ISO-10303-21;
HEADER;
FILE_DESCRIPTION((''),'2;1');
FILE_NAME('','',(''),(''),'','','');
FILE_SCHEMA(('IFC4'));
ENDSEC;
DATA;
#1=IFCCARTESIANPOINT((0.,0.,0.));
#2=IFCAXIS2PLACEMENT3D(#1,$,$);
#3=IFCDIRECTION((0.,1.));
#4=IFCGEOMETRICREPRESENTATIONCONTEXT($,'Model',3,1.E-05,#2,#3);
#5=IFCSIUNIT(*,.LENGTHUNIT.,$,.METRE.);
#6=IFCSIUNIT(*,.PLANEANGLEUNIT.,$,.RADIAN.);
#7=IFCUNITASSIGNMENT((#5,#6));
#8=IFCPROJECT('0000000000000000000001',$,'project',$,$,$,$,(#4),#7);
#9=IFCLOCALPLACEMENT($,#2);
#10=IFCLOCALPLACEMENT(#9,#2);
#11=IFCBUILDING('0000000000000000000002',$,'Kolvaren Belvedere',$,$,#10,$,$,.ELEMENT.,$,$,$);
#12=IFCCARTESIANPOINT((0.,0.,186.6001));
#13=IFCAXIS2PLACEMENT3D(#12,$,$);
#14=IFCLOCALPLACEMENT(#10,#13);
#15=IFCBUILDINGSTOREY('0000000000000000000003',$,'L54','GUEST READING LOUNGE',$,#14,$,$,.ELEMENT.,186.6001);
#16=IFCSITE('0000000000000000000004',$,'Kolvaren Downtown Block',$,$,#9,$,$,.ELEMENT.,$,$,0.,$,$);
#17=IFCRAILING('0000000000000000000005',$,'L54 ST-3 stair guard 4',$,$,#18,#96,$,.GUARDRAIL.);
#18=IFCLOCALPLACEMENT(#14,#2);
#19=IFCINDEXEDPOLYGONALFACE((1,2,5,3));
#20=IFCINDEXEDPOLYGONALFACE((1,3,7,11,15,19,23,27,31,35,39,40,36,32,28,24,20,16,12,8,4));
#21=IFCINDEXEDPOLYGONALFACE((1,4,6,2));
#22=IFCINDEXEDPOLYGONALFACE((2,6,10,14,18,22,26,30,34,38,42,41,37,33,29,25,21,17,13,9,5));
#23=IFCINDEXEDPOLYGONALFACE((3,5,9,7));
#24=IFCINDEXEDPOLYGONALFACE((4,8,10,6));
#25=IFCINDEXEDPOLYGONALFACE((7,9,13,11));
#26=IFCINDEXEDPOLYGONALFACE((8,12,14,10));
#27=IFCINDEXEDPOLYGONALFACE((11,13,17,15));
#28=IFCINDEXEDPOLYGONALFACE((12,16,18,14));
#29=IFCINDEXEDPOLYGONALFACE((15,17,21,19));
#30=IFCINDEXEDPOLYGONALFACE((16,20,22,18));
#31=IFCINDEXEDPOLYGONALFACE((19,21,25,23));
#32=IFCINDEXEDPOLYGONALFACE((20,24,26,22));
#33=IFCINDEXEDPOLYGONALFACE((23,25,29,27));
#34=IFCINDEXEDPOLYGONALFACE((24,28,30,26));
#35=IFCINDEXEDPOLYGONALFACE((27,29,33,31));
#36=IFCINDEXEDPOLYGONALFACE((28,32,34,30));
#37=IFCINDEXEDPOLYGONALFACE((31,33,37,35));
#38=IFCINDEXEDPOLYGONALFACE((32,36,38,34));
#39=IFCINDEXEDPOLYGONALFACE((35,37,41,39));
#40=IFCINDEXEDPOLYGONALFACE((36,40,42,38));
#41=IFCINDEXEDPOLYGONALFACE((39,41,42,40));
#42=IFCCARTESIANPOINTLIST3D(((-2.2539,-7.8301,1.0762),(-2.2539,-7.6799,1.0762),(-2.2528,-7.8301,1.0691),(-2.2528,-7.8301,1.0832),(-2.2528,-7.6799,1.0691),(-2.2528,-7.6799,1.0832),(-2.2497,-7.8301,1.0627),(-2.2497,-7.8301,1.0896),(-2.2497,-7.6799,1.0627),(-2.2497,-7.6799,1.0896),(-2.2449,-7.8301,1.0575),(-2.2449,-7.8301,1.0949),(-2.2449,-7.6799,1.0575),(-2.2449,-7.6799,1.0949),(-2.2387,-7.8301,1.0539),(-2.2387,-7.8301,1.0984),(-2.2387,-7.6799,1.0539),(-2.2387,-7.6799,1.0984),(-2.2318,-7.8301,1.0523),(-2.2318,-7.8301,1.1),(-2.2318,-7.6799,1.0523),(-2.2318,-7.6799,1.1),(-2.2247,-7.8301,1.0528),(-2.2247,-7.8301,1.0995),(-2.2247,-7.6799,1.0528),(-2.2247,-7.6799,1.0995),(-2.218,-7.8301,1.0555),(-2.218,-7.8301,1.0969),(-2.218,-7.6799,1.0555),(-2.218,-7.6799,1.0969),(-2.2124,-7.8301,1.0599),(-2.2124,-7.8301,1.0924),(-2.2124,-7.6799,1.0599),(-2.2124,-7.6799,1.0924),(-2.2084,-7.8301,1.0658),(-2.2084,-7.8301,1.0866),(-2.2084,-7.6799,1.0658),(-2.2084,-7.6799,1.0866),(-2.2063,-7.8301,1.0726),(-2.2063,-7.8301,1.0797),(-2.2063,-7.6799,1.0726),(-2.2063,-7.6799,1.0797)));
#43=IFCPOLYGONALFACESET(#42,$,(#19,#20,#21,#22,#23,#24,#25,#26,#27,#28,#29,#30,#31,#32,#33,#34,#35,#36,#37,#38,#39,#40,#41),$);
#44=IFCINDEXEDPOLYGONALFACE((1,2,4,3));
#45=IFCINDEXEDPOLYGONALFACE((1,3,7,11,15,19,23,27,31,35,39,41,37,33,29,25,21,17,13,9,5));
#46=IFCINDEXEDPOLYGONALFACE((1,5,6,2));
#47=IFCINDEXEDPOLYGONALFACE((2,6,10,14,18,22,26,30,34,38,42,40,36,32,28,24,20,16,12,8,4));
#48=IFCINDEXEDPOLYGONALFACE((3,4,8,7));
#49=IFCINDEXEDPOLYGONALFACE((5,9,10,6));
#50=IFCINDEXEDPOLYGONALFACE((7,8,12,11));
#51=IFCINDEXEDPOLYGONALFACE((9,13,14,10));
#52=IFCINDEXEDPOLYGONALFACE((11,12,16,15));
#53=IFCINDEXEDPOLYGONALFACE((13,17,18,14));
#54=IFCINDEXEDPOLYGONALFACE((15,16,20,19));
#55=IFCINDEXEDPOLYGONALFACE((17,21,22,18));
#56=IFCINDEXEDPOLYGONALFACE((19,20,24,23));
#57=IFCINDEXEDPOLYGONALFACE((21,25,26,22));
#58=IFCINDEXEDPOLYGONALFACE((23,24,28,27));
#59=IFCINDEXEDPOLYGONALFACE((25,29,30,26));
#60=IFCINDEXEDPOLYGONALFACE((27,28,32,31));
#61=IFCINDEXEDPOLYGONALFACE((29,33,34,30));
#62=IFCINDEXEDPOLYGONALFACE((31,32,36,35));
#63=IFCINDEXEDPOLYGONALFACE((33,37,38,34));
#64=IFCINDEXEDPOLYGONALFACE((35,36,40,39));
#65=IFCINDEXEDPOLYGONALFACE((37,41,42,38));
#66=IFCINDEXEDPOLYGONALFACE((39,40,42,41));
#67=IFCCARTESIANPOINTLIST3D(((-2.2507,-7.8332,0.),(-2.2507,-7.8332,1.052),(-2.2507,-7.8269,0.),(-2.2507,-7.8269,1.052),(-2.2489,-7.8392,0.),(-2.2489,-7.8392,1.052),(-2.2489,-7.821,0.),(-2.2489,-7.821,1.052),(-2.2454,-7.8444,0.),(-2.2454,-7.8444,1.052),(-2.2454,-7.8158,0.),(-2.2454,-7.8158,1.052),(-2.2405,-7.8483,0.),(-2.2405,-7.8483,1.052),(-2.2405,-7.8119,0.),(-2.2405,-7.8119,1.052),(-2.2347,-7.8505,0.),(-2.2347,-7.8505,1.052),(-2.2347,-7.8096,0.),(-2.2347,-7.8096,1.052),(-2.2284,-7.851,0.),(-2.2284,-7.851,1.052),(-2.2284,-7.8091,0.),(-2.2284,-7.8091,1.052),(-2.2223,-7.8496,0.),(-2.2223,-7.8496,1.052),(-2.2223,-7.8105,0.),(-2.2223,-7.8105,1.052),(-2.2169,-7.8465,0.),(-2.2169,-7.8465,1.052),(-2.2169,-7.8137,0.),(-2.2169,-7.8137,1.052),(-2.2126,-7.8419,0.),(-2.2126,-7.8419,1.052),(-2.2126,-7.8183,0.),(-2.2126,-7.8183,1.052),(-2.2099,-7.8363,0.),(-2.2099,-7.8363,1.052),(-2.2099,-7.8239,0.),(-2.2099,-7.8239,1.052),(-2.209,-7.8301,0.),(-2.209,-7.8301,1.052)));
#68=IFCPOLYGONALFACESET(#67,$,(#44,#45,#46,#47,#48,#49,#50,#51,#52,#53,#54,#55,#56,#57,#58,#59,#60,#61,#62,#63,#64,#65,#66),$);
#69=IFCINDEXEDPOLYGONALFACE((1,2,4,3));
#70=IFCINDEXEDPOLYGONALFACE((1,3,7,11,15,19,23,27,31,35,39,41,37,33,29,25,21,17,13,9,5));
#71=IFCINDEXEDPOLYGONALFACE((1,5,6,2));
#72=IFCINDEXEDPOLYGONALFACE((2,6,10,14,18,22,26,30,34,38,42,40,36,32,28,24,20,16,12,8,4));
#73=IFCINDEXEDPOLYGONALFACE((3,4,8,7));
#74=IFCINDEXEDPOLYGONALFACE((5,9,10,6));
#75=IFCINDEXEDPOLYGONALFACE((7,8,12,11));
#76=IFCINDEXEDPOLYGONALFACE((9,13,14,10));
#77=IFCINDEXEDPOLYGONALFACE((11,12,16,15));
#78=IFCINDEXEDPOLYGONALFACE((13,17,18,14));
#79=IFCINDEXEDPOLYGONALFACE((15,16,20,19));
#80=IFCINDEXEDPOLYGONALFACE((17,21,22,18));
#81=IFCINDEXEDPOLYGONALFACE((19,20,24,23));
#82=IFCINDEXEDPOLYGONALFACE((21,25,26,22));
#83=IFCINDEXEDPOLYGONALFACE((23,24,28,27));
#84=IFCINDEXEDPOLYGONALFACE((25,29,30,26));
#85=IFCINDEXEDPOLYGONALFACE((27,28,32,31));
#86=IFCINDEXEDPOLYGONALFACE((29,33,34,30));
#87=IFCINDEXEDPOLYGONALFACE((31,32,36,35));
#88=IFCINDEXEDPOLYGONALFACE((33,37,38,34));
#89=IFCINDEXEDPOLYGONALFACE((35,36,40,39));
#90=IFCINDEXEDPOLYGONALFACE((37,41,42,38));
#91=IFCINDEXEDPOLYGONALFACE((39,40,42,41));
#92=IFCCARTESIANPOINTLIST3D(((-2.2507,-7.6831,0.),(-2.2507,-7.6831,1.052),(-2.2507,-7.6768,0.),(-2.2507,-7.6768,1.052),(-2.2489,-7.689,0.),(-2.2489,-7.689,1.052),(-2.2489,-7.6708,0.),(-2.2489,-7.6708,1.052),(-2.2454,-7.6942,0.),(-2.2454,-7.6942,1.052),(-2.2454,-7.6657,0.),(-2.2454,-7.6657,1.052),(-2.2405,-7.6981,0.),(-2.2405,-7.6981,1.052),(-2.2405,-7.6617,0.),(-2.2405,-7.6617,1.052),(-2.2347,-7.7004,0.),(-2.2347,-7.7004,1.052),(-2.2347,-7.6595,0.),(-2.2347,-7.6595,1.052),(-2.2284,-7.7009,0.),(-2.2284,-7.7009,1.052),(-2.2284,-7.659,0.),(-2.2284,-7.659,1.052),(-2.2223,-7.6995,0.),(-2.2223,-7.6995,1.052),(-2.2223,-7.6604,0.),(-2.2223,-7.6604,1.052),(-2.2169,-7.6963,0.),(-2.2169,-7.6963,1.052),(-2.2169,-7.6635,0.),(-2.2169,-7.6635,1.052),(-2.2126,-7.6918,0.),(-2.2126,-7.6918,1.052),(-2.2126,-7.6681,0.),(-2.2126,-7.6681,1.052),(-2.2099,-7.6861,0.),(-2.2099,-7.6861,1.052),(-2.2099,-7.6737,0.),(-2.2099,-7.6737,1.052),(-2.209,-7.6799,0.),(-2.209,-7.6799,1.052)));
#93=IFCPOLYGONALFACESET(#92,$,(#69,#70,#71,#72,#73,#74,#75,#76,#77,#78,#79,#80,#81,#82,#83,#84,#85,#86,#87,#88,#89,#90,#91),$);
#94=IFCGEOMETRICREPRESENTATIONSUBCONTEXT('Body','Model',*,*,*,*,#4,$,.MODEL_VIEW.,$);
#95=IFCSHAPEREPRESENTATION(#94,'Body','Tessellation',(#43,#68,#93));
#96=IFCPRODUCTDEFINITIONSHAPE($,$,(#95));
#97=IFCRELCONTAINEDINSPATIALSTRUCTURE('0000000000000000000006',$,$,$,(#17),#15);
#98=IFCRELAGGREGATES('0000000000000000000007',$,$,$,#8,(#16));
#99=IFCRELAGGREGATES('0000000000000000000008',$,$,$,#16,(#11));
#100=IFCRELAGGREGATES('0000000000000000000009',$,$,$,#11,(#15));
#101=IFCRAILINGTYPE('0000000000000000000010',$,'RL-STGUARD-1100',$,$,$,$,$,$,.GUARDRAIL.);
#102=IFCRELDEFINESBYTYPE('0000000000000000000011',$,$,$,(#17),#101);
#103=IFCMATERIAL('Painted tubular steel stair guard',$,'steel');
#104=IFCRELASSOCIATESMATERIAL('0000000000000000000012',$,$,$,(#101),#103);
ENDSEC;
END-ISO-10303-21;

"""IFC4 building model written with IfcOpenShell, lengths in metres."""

from ifc_helpers import new_model, si_unit, direction, frame, origin, origin_2d, place, context, subcontext, project, spatial, circle, extrude, material, type_object, element, save


model = new_model("IFC4")

# Units and contexts
model_context = context("Model", 3, precision=1e-05, world=origin(), true_north=direction((0.0, 1.0)))
body_context = subcontext(model_context, "Body", "Model", "MODEL_VIEW")
ifc_project = project(units=[si_unit("LENGTHUNIT", "METRE"), si_unit("PLANEANGLEUNIT", "RADIAN")], contexts=[model_context])

# Site, building, storey
site_placement = place(None, origin())
site = spatial("IfcSite", under=ifc_project, at=site_placement, Name="Kolvaren Downtown Block", CompositionType="ELEMENT", RefElevation=0.0)
building_placement = place(site_placement, origin())
building = spatial("IfcBuilding", under=site, at=building_placement, Name="Kolvaren Belvedere", CompositionType="ELEMENT")
storey_placement = place(building_placement, frame((0.0, 0.0, 186.6001)))
storey = spatial("IfcBuildingStorey", under=building, at=storey_placement, Name="L54", Description="GUEST READING LOUNGE", CompositionType="ELEMENT", Elevation=186.6001)

# Railing
ifc_material_1 = material(Name="Painted tubular steel stair guard", Category="steel")
railing_type_1 = type_object("IfcRailingType", Name="RL-STGUARD-1100", PredefinedType="GUARDRAIL", material=ifc_material_1)
railing_1_placement = place(storey_placement, frame((-2.23, -7.8301, 0.0)))
element("IfcRailing", 1, at=railing_1_placement, inside=storey, type_object=railing_type_1, Name="L54 ST-3 stair guard 4", PredefinedType="GUARDRAIL", context=body_context, shape_type="SweptSolid", body=[
    extrude(circle(Radius=0.0239, at=origin_2d()), frame((0.0, 0.0, 1.0762), z_axis=(0.0, 1.0, 0.0), x_axis=(-1.0, 0.0, 0.0)), (0.0, 0.0, 1.0), 0.1501),
    extrude(circle(Radius=0.021, at=origin_2d()), origin(), (0.0, 0.0, 1.0), 1.052),
    extrude(circle(Radius=0.021, at=origin_2d()), frame((0.0, 0.1501, 0.0)), (0.0, 0.0, 1.0), 1.052),
])

save(model, "model.ifc")
